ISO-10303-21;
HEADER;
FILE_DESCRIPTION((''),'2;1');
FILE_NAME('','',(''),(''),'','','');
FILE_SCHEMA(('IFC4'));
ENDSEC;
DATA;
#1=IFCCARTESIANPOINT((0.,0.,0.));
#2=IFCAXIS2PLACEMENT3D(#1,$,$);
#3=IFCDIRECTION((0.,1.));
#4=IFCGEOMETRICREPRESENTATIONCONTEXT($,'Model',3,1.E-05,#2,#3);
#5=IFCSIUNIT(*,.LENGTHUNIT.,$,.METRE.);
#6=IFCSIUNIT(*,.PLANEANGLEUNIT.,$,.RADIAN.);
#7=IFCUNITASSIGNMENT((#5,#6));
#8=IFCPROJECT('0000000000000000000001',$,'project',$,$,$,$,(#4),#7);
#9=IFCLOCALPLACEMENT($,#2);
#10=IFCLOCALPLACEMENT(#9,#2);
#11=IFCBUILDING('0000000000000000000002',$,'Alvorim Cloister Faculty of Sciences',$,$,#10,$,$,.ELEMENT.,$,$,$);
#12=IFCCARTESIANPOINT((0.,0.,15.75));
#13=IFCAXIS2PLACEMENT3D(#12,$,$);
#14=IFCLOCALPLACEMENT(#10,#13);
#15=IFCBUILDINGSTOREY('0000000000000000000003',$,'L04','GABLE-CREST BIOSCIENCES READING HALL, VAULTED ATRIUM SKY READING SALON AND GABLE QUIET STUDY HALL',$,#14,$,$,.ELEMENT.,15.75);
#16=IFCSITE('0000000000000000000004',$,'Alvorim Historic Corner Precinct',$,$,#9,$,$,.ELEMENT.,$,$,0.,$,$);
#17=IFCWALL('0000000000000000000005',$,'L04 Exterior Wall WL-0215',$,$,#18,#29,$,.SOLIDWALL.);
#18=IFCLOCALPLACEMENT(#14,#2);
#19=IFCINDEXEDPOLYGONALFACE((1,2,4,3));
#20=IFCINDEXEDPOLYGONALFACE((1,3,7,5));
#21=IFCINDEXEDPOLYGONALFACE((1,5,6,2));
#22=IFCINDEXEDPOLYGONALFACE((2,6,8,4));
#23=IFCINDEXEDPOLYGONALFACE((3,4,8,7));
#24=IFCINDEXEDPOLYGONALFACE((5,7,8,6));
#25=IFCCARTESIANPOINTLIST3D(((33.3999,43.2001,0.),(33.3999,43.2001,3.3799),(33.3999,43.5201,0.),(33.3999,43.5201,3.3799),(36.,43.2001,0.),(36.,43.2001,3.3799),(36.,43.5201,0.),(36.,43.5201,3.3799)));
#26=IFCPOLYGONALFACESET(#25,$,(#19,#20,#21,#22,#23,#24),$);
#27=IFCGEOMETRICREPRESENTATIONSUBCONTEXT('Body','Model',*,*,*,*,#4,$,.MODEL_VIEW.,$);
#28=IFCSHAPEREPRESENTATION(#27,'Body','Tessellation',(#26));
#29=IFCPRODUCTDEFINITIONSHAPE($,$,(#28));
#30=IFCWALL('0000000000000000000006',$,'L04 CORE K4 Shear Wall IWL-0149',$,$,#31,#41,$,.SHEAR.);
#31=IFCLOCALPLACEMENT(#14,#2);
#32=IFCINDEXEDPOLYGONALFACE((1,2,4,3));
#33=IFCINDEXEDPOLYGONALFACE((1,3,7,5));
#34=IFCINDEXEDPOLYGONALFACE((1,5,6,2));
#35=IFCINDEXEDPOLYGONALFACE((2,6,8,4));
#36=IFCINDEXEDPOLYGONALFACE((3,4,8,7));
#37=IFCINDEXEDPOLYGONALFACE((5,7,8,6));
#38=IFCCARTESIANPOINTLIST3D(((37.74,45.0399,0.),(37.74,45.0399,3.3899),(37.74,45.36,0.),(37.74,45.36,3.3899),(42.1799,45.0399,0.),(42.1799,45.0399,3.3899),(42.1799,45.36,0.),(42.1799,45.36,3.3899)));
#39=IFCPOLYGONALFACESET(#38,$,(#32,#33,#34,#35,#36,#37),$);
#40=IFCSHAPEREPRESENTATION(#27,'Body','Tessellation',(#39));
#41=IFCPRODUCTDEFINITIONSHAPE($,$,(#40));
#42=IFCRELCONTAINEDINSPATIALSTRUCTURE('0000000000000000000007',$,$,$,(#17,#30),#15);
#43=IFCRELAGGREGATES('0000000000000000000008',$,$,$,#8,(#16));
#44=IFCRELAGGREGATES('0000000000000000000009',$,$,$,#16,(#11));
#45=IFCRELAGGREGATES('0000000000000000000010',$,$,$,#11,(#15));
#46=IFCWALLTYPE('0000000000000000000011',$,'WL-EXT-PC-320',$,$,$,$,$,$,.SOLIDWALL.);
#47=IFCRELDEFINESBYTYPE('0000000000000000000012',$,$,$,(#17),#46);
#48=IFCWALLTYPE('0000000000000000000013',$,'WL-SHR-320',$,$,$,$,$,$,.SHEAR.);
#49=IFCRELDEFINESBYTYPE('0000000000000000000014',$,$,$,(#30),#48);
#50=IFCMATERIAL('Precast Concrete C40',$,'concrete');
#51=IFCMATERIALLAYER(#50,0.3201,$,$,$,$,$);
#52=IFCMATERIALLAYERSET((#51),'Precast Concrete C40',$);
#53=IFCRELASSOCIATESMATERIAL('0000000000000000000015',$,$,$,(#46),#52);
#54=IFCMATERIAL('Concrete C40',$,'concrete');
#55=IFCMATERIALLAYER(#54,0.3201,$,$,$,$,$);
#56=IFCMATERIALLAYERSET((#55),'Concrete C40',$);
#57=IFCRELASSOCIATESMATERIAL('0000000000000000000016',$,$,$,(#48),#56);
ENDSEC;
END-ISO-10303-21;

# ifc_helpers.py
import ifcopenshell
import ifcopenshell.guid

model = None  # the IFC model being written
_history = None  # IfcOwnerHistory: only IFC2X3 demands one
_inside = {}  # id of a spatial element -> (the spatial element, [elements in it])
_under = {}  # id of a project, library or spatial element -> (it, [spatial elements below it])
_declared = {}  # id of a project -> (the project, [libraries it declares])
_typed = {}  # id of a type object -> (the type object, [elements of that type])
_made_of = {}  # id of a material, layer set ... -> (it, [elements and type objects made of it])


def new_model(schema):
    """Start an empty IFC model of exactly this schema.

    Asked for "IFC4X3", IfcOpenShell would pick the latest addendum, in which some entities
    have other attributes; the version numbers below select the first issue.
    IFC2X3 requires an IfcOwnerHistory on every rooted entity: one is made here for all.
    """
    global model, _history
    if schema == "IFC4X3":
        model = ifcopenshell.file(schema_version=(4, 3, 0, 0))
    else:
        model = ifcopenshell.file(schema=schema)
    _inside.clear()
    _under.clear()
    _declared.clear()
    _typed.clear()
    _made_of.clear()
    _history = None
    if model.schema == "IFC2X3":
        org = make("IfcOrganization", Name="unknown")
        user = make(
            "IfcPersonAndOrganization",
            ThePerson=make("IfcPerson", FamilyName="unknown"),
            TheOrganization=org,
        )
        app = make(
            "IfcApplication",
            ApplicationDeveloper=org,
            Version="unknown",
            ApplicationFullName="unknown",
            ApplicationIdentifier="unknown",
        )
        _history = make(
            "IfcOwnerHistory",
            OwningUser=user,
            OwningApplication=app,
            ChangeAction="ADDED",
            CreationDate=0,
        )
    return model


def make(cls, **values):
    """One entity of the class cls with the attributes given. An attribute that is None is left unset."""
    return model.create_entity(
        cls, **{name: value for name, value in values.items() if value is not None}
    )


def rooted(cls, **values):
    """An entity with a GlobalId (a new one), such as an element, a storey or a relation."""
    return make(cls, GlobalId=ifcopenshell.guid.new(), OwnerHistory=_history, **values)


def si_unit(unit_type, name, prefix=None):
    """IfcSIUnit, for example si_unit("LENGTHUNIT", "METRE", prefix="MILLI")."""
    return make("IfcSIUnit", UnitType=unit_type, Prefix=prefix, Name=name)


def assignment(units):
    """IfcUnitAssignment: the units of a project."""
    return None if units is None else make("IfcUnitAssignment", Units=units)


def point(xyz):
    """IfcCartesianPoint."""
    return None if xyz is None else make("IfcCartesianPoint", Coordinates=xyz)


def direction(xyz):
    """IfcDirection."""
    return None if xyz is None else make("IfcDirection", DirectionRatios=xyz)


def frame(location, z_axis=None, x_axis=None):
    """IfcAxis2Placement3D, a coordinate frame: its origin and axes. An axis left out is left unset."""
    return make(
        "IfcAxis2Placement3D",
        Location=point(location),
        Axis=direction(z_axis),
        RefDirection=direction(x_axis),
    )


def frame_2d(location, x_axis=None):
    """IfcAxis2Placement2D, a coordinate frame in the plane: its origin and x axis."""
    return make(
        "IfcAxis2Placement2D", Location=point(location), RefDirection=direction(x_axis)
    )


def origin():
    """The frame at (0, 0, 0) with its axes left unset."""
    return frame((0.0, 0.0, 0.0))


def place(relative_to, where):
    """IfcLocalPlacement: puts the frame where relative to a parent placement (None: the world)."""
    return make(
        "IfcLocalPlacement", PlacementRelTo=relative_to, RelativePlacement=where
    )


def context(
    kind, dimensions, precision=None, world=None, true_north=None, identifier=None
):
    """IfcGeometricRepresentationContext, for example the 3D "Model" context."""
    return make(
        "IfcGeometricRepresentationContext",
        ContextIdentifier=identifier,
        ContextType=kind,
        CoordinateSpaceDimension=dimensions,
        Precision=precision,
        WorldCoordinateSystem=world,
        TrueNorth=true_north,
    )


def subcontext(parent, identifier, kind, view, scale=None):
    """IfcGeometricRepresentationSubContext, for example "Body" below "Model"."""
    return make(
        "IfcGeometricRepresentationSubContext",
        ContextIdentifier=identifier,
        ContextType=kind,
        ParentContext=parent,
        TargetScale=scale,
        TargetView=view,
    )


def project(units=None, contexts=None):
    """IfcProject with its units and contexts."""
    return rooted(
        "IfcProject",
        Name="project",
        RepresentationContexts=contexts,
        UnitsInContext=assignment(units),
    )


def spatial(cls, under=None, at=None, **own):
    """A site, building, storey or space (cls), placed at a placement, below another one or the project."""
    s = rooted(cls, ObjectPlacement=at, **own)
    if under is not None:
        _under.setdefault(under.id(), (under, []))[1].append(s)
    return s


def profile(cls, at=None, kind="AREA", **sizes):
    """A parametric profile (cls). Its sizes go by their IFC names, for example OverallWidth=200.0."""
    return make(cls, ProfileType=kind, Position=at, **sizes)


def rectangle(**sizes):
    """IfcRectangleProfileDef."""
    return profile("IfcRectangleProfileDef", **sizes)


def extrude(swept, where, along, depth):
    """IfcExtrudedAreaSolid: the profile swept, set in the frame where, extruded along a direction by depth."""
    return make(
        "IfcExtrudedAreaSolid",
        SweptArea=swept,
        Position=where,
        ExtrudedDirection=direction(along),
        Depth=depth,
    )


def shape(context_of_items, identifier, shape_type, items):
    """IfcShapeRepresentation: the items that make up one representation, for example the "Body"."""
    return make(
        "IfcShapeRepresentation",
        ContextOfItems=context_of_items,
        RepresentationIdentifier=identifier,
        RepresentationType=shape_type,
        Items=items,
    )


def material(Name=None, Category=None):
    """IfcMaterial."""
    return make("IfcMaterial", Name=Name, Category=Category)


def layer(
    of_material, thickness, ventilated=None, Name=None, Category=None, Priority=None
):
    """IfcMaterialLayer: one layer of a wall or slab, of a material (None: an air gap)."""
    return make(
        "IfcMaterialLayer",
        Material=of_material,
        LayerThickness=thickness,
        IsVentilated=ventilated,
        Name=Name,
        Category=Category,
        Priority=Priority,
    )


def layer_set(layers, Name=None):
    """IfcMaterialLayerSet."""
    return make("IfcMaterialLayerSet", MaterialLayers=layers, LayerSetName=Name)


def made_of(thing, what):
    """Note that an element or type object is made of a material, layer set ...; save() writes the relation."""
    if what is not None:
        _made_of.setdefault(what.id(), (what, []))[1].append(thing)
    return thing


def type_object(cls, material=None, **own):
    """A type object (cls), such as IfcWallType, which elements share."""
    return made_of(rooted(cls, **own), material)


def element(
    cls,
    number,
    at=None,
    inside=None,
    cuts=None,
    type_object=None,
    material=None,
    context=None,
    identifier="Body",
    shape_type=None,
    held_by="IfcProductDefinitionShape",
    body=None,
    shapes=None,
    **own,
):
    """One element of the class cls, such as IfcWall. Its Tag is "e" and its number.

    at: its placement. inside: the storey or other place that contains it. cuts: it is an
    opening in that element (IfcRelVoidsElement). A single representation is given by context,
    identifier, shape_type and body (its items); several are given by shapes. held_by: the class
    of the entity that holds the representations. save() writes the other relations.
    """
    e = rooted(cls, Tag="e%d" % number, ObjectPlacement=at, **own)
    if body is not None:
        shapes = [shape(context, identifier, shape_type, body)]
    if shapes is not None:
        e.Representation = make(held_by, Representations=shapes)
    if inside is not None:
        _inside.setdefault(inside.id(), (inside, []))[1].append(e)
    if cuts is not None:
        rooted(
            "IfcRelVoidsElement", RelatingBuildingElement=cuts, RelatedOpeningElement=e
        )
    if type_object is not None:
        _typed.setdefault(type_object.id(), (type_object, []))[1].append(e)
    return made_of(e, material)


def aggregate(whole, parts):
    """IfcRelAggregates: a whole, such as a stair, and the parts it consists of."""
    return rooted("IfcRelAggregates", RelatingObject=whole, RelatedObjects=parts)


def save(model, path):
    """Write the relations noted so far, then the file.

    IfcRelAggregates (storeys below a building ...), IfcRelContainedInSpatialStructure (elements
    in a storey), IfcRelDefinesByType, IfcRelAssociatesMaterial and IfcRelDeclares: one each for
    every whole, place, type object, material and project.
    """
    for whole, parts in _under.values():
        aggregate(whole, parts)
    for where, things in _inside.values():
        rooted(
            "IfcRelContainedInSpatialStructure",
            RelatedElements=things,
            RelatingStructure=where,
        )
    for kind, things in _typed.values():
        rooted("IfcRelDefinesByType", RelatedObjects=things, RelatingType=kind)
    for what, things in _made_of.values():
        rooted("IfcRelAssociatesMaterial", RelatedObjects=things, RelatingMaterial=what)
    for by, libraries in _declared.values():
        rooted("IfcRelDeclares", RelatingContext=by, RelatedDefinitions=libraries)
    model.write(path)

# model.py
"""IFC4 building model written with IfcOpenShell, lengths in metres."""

from ifc_helpers import new_model, si_unit, direction, frame, frame_2d, origin, place, context, subcontext, project, spatial, rectangle, extrude, material, layer, layer_set, type_object, element, save


model = new_model("IFC4")

# Units and contexts
model_context = context("Model", 3, precision=1e-05, world=origin(), true_north=direction((0.0, 1.0)))
body_context = subcontext(model_context, "Body", "Model", "MODEL_VIEW")
ifc_project = project(units=[si_unit("LENGTHUNIT", "METRE"), si_unit("PLANEANGLEUNIT", "RADIAN")], contexts=[model_context])

# Site, building, storey
site_placement = place(None, origin())
site = spatial("IfcSite", under=ifc_project, at=site_placement, Name="Alvorim Historic Corner Precinct", CompositionType="ELEMENT", RefElevation=0.0)
building_placement = place(site_placement, origin())
building = spatial("IfcBuilding", under=site, at=building_placement, Name="Alvorim Cloister Faculty of Sciences", CompositionType="ELEMENT")
storey_placement = place(building_placement, frame((0.0, 0.0, 15.75)))
storey = spatial("IfcBuildingStorey", under=building, at=storey_placement, Name="L04", Description="GABLE-CREST BIOSCIENCES READING HALL, VAULTED ATRIUM SKY READING SALON AND GABLE QUIET STUDY HALL", CompositionType="ELEMENT", Elevation=15.75)

# Walls
ifc_material_1 = material(Name="Precast Concrete C40", Category="concrete")
ifc_layer_1 = layer(ifc_material_1, 0.3201)
ifc_layer_set_1 = layer_set([ifc_layer_1], Name="Precast Concrete C40")
wall_type_1 = type_object("IfcWallType", Name="WL-EXT-PC-320", PredefinedType="SOLIDWALL", material=ifc_layer_set_1)
wall_1_placement = place(storey_placement, frame((33.3999, 43.3601, 0.0), z_axis=(0.0, 0.0, 1.0), x_axis=(1.0, 0.0, 0.0)))
element("IfcWall", 1, at=wall_1_placement, inside=storey, type_object=wall_type_1, Name="L04 Exterior Wall WL-0215", PredefinedType="SOLIDWALL", context=body_context, shape_type="SweptSolid", body=[
    extrude(rectangle(XDim=2.6001, YDim=0.3201, at=frame_2d((1.3, 0.0))), origin(), (0.0, 0.0, 1.0), 3.3799),
])
ifc_material_2 = material(Name="Concrete C40", Category="concrete")
ifc_layer_2 = layer(ifc_material_2, 0.3201)
ifc_layer_set_2 = layer_set([ifc_layer_2], Name="Concrete C40")
wall_type_2 = type_object("IfcWallType", Name="WL-SHR-320", PredefinedType="SHEAR", material=ifc_layer_set_2)
wall_2_placement = place(storey_placement, frame((37.74, 45.2, 0.0), z_axis=(0.0, 0.0, 1.0), x_axis=(1.0, 0.0, 0.0)))
element("IfcWall", 2, at=wall_2_placement, inside=storey, type_object=wall_type_2, Name="L04 CORE K4 Shear Wall IWL-0149", PredefinedType="SHEAR", context=body_context, shape_type="SweptSolid", body=[
    extrude(rectangle(XDim=4.4399, YDim=0.3201, at=frame_2d((2.22, 0.0))), origin(), (0.0, 0.0, 1.0), 3.3899),
])

save(model, "model.ifc")
